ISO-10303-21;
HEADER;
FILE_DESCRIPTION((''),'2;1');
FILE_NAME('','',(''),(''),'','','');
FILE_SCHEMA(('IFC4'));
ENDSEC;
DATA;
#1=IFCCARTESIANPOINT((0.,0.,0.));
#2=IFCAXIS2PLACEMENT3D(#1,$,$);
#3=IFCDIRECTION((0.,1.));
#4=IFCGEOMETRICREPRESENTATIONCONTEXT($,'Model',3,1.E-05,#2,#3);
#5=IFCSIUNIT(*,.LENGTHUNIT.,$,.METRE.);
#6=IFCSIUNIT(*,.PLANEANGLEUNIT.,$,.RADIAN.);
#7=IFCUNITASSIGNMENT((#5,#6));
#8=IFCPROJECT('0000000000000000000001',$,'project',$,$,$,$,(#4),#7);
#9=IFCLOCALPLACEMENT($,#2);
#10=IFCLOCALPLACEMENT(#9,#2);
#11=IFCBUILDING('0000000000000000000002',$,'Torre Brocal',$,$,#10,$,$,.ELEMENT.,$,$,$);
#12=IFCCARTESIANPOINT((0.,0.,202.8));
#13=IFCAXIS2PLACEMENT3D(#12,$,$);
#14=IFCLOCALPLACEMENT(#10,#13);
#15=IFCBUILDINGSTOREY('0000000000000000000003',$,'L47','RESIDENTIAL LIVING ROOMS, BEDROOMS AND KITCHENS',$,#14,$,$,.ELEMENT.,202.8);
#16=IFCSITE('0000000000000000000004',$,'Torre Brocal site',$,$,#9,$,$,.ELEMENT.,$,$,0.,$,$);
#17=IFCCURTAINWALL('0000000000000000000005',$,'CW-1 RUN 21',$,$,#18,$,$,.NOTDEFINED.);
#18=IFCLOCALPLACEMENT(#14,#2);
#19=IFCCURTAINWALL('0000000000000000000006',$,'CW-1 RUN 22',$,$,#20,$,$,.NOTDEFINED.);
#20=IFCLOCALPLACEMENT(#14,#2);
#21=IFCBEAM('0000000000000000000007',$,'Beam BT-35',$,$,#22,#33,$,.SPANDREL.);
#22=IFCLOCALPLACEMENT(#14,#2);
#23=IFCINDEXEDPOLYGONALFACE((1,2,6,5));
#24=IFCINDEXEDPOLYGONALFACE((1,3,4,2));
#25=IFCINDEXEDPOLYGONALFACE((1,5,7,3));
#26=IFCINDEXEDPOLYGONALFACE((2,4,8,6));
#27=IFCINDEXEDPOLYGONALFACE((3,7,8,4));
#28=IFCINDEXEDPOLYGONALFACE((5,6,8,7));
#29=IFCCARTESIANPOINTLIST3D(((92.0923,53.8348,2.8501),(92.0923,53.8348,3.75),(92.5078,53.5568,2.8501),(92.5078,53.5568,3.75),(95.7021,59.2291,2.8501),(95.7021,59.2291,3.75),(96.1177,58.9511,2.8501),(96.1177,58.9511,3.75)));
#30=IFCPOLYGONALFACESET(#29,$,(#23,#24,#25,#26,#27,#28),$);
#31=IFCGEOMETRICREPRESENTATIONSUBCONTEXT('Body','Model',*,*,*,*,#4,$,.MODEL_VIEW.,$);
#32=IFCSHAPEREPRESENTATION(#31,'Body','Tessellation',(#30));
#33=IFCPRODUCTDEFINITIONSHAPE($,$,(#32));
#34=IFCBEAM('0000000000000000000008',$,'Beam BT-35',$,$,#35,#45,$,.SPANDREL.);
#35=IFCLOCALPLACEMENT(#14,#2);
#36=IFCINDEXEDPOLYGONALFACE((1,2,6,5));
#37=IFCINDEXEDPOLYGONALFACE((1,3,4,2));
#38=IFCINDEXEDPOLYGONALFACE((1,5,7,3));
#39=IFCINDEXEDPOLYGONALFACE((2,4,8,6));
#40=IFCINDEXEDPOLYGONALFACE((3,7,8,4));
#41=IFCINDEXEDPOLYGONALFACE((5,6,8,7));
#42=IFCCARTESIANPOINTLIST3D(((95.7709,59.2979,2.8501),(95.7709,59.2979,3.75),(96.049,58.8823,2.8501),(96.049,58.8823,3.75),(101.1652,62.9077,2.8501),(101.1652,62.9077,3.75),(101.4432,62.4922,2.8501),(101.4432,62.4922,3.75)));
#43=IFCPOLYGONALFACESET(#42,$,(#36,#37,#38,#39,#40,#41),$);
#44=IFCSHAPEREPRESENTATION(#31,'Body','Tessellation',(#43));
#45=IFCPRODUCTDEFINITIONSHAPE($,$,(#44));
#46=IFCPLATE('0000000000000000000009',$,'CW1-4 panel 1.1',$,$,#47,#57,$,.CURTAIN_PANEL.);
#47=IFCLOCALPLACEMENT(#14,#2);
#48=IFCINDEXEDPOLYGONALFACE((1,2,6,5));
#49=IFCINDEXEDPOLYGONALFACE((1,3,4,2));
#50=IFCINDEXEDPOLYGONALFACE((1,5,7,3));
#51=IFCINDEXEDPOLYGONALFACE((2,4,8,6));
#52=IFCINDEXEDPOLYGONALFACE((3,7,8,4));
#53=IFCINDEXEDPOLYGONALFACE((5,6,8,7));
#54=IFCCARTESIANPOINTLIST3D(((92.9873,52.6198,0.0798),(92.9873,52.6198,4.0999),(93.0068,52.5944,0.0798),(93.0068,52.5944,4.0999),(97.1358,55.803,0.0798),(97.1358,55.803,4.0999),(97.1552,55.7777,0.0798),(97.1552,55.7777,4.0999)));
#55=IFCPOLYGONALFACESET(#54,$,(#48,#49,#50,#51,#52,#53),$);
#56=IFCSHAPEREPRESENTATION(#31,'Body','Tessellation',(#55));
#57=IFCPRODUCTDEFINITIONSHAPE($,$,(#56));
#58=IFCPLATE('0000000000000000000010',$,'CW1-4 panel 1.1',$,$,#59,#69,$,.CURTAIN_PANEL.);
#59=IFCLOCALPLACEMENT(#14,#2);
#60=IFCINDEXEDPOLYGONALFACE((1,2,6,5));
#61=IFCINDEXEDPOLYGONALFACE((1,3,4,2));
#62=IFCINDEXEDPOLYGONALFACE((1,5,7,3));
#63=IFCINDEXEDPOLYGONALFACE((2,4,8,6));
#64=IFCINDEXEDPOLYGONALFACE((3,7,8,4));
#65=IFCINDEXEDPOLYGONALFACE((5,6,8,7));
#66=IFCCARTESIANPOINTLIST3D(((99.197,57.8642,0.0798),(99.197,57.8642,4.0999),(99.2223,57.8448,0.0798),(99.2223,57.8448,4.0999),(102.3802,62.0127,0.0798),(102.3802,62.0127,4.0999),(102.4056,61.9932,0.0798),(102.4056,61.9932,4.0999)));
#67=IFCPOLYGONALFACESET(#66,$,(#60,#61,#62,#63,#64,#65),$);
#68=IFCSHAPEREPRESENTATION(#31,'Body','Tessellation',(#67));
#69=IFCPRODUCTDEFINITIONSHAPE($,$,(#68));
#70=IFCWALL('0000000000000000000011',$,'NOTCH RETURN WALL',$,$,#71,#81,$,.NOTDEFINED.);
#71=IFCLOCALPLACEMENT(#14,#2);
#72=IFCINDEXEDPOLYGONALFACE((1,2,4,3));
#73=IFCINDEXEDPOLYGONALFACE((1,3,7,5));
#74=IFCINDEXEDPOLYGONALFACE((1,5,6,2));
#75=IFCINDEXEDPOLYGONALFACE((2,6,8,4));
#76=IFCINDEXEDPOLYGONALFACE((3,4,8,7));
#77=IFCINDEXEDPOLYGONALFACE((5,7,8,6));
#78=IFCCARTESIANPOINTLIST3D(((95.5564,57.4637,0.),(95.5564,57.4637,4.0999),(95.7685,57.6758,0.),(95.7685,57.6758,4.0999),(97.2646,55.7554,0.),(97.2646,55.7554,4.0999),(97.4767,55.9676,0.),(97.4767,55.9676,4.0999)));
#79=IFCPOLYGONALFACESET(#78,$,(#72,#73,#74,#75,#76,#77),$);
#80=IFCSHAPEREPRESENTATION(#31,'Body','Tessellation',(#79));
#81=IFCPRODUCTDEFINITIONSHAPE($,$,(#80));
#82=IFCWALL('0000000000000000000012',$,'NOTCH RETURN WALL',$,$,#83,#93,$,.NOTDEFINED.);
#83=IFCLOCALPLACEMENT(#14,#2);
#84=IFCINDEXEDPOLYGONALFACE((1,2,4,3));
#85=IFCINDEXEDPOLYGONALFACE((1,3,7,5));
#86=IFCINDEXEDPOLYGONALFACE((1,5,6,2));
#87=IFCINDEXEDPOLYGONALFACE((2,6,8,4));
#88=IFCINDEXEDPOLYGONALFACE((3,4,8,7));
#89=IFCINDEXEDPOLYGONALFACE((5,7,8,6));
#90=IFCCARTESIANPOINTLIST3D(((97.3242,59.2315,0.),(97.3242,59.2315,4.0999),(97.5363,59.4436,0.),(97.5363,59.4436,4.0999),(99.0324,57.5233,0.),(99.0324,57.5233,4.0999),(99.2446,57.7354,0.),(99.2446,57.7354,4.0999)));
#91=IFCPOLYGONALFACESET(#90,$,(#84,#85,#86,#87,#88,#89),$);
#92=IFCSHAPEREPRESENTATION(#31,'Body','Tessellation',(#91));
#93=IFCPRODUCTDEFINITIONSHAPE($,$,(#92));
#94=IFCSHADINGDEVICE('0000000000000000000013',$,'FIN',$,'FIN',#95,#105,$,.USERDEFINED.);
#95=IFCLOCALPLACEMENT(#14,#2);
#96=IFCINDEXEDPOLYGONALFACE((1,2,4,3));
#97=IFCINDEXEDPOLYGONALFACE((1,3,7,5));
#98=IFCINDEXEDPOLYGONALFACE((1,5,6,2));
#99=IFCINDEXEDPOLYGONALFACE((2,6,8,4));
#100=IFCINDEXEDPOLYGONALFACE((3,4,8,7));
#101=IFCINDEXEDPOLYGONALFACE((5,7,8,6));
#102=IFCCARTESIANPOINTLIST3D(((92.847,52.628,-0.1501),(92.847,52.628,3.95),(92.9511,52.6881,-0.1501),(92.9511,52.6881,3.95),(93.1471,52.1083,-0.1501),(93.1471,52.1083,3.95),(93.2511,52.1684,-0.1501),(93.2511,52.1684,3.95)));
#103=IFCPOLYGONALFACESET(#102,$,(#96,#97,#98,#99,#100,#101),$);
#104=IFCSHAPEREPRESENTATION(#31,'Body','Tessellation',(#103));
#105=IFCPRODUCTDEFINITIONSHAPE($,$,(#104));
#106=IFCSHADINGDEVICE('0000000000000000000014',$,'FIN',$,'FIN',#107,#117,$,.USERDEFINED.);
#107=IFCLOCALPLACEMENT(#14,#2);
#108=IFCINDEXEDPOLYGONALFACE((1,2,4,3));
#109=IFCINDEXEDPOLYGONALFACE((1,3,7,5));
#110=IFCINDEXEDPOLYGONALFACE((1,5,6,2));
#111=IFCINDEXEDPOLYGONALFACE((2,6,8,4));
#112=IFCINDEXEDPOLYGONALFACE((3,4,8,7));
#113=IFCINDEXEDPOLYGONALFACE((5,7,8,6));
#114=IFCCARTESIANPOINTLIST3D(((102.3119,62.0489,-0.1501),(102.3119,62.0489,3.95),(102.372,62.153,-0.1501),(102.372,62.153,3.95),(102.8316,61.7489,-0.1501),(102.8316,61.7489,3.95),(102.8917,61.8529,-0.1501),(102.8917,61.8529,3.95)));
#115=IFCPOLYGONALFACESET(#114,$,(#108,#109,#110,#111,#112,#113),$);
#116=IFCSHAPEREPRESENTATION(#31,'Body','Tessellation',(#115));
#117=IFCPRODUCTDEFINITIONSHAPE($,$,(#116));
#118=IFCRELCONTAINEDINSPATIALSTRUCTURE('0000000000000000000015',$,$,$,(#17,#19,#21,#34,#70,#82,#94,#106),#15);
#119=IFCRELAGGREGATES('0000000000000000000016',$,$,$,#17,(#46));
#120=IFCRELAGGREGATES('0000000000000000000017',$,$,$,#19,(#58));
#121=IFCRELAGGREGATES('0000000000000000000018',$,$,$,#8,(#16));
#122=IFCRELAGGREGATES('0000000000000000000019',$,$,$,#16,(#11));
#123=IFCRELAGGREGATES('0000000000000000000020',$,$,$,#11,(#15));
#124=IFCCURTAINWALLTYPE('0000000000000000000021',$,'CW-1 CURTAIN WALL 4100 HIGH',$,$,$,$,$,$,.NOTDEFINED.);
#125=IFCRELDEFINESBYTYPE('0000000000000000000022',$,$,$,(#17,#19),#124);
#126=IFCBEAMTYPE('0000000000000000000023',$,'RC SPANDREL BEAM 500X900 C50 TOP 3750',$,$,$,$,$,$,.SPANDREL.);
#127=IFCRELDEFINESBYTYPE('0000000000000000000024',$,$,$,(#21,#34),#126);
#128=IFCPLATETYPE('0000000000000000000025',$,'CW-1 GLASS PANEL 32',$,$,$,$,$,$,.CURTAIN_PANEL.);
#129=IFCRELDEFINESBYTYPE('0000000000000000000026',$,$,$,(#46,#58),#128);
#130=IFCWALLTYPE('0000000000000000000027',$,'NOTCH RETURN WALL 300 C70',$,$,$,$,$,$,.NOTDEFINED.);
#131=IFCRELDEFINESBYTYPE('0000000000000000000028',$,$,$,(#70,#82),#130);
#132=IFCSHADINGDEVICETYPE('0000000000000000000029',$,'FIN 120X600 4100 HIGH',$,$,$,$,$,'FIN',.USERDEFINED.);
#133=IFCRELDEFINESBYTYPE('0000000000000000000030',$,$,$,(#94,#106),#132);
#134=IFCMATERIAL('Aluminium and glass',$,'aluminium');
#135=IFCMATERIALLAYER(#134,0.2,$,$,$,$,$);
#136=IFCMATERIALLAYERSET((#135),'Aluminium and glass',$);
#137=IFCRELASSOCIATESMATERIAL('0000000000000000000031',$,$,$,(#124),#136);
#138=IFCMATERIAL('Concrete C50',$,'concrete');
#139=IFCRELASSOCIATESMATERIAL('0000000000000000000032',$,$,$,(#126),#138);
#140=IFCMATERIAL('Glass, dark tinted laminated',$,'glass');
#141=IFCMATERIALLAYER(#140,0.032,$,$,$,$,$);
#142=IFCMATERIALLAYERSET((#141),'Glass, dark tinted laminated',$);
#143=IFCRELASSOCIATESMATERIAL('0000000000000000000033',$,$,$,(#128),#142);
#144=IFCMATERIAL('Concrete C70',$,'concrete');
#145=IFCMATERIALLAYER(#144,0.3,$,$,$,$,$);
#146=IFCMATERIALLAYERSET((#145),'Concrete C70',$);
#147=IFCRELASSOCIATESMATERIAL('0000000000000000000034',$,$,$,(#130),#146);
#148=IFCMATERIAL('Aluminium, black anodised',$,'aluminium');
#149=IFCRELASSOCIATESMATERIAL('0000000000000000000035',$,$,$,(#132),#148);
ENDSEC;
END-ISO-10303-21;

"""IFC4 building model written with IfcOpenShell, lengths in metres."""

from ifc_helpers import new_model, si_unit, direction, frame, frame_2d, origin, origin_2d, place, context, subcontext, project, spatial, rectangle, extrude, material, layer, layer_set, material_profile, profile_set, type_object, element, aggregate, save


model = new_model("IFC4")

# Units and contexts
model_context = context("Model", 3, precision=1e-05, world=origin(), true_north=direction((0.0, 1.0)))
body_context = subcontext(model_context, "Body", "Model", "MODEL_VIEW")
ifc_project = project(units=[si_unit("LENGTHUNIT", "METRE"), si_unit("PLANEANGLEUNIT", "RADIAN")], contexts=[model_context])

# Site, building, storey
site_placement = place(None, origin())
site = spatial("IfcSite", under=ifc_project, at=site_placement, Name="Torre Brocal site", CompositionType="ELEMENT", RefElevation=0.0)
building_placement = place(site_placement, origin())
building = spatial("IfcBuilding", under=site, at=building_placement, Name="Torre Brocal", CompositionType="ELEMENT")
storey_placement = place(building_placement, frame((0.0, 0.0, 202.8)))
storey = spatial("IfcBuildingStorey", under=building, at=storey_placement, Name="L47", Description="RESIDENTIAL LIVING ROOMS, BEDROOMS AND KITCHENS", CompositionType="ELEMENT", Elevation=202.8)

# Shared definitions
ifc_material_1 = material(Name="Aluminium and glass", Category="aluminium")
ifc_layer_1 = layer(ifc_material_1, 0.2)
ifc_layer_set_1 = layer_set([ifc_layer_1], Name="Aluminium and glass")
curtain_wall_type = type_object("IfcCurtainWallType", Name="CW-1 CURTAIN WALL 4100 HIGH", PredefinedType="NOTDEFINED", material=ifc_layer_set_1)

# Curtain walls
curtain_wall_1_placement = place(storey_placement, origin())
curtain_wall_1 = element("IfcCurtainWall", 1, at=curtain_wall_1_placement, inside=storey, type_object=curtain_wall_type, Name="CW-1 RUN 21", PredefinedType="NOTDEFINED")
curtain_wall_2_placement = place(storey_placement, origin())
curtain_wall_2 = element("IfcCurtainWall", 2, at=curtain_wall_2_placement, inside=storey, type_object=curtain_wall_type, Name="CW-1 RUN 22", PredefinedType="NOTDEFINED")

# Beams
ifc_material_2 = material(Name="Concrete C50", Category="concrete")
ifc_material_profile_1 = material_profile(ifc_material_2, rectangle(XDim=0.5, YDim=0.8999, at=origin_2d()), Name="RC 500X900")
ifc_profile_set_1 = profile_set([ifc_material_profile_1], Name="Concrete C50")
beam_type_1 = type_object("IfcBeamType", Name="RC SPANDREL BEAM 500X900 C50 TOP 3750", PredefinedType="SPANDREL", material=ifc_profile_set_1)
for number, where, z_axis, x_axis, name in (
    (3, (92.3, 53.6958, 3.3), (0.556158, 0.831077, 0.0), (-0.831077, 0.556158, 0.0), "Beam BT-35"),
    (4, (95.9099, 59.0901, 3.3), (0.831077, 0.556158, 0.0), (-0.556158, 0.831077, 0.0), "Beam BT-35"),
):
    element("IfcBeam", number, at=place(storey_placement, frame(where, z_axis=z_axis, x_axis=x_axis)), inside=storey, type_object=beam_type_1, Name=name, PredefinedType="SPANDREL", context=body_context, shape_type="SweptSolid", body=[
        extrude(rectangle(XDim=0.5, YDim=0.8999, at=origin_2d()), origin(), (0.0, 0.0, 1.0), 6.4907),
    ])

# Plates
ifc_material_3 = material(Name="Glass, dark tinted laminated", Category="glass")
ifc_layer_2 = layer(ifc_material_3, 0.032)
ifc_layer_set_2 = layer_set([ifc_layer_2], Name="Glass, dark tinted laminated")
plate_type = type_object("IfcPlateType", Name="CW-1 GLASS PANEL 32", PredefinedType="CURTAIN_PANEL", material=ifc_layer_set_2)
plate_1_placement = place(storey_placement, frame((95.0713, 54.1987, 0.0798), z_axis=(0.0, 0.0, 1.0), x_axis=(0.793353, 0.608761, 0.0)))
plate_1 = element("IfcPlate", 5, at=plate_1_placement, type_object=plate_type, Name="CW1-4 panel 1.1", PredefinedType="CURTAIN_PANEL", context=body_context, shape_type="SweptSolid", body=[
    extrude(rectangle(XDim=5.229, YDim=0.032, at=origin_2d()), origin(), (0.0, 0.0, 1.0), 4.02),
])
aggregate(curtain_wall_1, [plate_1])
plate_2_placement = place(storey_placement, frame((100.8013, 59.9287, 0.0798), z_axis=(0.0, 0.0, 1.0), x_axis=(0.608761, 0.793353, 0.0)))
plate_2 = element("IfcPlate", 6, at=plate_2_placement, type_object=plate_type, Name="CW1-4 panel 1.1", PredefinedType="CURTAIN_PANEL", context=body_context, shape_type="SweptSolid", body=[
    extrude(rectangle(XDim=5.229, YDim=0.032, at=origin_2d()), origin(), (0.0, 0.0, 1.0), 4.02),
])
aggregate(curtain_wall_2, [plate_2])

# Walls
ifc_material_4 = material(Name="Concrete C70", Category="concrete")
ifc_layer_3 = layer(ifc_material_4, 0.3)
ifc_layer_set_3 = layer_set([ifc_layer_3], Name="Concrete C70")
wall_type = type_object("IfcWallType", Name="NOTCH RETURN WALL 300 C70", PredefinedType="NOTDEFINED", material=ifc_layer_set_3)
for number, where, z_axis, x_axis, name in (
    (7, (95.6624, 57.5698, 0.0), (0.0, 0.0, 1.0), (0.707107, -0.707107, 0.0), "NOTCH RETURN WALL"),
    (8, (97.4302, 59.3376, 0.0), (0.0, 0.0, 1.0), (0.707107, -0.707107, 0.0), "NOTCH RETURN WALL"),
):
    element("IfcWall", number, at=place(storey_placement, frame(where, z_axis=z_axis, x_axis=x_axis)), inside=storey, type_object=wall_type, Name=name, PredefinedType="NOTDEFINED", context=body_context, shape_type="SweptSolid", body=[
        extrude(rectangle(XDim=2.4158, YDim=0.3, at=frame_2d((1.208, 0.0))), origin(), (0.0, 0.0, 1.0), 4.0999),
    ])

# Shading devices
ifc_material_5 = material(Name="Aluminium, black anodised", Category="aluminium")
ifc_material_profile_2 = material_profile(ifc_material_5, rectangle(XDim=0.1201, YDim=0.6001, at=origin_2d()), Name="FIN 120X600 4100 HIGH")
ifc_profile_set_2 = profile_set([ifc_material_profile_2], Name="Aluminium, black anodised")
shading_device_type = type_object("IfcShadingDeviceType", Name="FIN 120X600 4100 HIGH", ElementType="FIN", PredefinedType="USERDEFINED", material=ifc_profile_set_2)
for number, where, z_axis, x_axis, name in (
    (9, (93.0491, 52.3982, -0.1501), (0.0, 0.0, 1.0), (0.866025, 0.5, 0.0), "FIN"),
    (10, (102.6018, 61.9509, -0.1501), (0.0, 0.0, 1.0), (0.5, 0.866025, 0.0), "FIN"),
):
    element("IfcShadingDevice", number, at=place(storey_placement, frame(where, z_axis=z_axis, x_axis=x_axis)), inside=storey, type_object=shading_device_type, Name=name, ObjectType="FIN", PredefinedType="USERDEFINED", context=body_context, shape_type="SweptSolid", body=[
        extrude(rectangle(XDim=0.1201, YDim=0.6001, at=origin_2d()), origin(), (0.0, 0.0, 1.0), 4.1001),
    ])

save(model, "model.ifc")
